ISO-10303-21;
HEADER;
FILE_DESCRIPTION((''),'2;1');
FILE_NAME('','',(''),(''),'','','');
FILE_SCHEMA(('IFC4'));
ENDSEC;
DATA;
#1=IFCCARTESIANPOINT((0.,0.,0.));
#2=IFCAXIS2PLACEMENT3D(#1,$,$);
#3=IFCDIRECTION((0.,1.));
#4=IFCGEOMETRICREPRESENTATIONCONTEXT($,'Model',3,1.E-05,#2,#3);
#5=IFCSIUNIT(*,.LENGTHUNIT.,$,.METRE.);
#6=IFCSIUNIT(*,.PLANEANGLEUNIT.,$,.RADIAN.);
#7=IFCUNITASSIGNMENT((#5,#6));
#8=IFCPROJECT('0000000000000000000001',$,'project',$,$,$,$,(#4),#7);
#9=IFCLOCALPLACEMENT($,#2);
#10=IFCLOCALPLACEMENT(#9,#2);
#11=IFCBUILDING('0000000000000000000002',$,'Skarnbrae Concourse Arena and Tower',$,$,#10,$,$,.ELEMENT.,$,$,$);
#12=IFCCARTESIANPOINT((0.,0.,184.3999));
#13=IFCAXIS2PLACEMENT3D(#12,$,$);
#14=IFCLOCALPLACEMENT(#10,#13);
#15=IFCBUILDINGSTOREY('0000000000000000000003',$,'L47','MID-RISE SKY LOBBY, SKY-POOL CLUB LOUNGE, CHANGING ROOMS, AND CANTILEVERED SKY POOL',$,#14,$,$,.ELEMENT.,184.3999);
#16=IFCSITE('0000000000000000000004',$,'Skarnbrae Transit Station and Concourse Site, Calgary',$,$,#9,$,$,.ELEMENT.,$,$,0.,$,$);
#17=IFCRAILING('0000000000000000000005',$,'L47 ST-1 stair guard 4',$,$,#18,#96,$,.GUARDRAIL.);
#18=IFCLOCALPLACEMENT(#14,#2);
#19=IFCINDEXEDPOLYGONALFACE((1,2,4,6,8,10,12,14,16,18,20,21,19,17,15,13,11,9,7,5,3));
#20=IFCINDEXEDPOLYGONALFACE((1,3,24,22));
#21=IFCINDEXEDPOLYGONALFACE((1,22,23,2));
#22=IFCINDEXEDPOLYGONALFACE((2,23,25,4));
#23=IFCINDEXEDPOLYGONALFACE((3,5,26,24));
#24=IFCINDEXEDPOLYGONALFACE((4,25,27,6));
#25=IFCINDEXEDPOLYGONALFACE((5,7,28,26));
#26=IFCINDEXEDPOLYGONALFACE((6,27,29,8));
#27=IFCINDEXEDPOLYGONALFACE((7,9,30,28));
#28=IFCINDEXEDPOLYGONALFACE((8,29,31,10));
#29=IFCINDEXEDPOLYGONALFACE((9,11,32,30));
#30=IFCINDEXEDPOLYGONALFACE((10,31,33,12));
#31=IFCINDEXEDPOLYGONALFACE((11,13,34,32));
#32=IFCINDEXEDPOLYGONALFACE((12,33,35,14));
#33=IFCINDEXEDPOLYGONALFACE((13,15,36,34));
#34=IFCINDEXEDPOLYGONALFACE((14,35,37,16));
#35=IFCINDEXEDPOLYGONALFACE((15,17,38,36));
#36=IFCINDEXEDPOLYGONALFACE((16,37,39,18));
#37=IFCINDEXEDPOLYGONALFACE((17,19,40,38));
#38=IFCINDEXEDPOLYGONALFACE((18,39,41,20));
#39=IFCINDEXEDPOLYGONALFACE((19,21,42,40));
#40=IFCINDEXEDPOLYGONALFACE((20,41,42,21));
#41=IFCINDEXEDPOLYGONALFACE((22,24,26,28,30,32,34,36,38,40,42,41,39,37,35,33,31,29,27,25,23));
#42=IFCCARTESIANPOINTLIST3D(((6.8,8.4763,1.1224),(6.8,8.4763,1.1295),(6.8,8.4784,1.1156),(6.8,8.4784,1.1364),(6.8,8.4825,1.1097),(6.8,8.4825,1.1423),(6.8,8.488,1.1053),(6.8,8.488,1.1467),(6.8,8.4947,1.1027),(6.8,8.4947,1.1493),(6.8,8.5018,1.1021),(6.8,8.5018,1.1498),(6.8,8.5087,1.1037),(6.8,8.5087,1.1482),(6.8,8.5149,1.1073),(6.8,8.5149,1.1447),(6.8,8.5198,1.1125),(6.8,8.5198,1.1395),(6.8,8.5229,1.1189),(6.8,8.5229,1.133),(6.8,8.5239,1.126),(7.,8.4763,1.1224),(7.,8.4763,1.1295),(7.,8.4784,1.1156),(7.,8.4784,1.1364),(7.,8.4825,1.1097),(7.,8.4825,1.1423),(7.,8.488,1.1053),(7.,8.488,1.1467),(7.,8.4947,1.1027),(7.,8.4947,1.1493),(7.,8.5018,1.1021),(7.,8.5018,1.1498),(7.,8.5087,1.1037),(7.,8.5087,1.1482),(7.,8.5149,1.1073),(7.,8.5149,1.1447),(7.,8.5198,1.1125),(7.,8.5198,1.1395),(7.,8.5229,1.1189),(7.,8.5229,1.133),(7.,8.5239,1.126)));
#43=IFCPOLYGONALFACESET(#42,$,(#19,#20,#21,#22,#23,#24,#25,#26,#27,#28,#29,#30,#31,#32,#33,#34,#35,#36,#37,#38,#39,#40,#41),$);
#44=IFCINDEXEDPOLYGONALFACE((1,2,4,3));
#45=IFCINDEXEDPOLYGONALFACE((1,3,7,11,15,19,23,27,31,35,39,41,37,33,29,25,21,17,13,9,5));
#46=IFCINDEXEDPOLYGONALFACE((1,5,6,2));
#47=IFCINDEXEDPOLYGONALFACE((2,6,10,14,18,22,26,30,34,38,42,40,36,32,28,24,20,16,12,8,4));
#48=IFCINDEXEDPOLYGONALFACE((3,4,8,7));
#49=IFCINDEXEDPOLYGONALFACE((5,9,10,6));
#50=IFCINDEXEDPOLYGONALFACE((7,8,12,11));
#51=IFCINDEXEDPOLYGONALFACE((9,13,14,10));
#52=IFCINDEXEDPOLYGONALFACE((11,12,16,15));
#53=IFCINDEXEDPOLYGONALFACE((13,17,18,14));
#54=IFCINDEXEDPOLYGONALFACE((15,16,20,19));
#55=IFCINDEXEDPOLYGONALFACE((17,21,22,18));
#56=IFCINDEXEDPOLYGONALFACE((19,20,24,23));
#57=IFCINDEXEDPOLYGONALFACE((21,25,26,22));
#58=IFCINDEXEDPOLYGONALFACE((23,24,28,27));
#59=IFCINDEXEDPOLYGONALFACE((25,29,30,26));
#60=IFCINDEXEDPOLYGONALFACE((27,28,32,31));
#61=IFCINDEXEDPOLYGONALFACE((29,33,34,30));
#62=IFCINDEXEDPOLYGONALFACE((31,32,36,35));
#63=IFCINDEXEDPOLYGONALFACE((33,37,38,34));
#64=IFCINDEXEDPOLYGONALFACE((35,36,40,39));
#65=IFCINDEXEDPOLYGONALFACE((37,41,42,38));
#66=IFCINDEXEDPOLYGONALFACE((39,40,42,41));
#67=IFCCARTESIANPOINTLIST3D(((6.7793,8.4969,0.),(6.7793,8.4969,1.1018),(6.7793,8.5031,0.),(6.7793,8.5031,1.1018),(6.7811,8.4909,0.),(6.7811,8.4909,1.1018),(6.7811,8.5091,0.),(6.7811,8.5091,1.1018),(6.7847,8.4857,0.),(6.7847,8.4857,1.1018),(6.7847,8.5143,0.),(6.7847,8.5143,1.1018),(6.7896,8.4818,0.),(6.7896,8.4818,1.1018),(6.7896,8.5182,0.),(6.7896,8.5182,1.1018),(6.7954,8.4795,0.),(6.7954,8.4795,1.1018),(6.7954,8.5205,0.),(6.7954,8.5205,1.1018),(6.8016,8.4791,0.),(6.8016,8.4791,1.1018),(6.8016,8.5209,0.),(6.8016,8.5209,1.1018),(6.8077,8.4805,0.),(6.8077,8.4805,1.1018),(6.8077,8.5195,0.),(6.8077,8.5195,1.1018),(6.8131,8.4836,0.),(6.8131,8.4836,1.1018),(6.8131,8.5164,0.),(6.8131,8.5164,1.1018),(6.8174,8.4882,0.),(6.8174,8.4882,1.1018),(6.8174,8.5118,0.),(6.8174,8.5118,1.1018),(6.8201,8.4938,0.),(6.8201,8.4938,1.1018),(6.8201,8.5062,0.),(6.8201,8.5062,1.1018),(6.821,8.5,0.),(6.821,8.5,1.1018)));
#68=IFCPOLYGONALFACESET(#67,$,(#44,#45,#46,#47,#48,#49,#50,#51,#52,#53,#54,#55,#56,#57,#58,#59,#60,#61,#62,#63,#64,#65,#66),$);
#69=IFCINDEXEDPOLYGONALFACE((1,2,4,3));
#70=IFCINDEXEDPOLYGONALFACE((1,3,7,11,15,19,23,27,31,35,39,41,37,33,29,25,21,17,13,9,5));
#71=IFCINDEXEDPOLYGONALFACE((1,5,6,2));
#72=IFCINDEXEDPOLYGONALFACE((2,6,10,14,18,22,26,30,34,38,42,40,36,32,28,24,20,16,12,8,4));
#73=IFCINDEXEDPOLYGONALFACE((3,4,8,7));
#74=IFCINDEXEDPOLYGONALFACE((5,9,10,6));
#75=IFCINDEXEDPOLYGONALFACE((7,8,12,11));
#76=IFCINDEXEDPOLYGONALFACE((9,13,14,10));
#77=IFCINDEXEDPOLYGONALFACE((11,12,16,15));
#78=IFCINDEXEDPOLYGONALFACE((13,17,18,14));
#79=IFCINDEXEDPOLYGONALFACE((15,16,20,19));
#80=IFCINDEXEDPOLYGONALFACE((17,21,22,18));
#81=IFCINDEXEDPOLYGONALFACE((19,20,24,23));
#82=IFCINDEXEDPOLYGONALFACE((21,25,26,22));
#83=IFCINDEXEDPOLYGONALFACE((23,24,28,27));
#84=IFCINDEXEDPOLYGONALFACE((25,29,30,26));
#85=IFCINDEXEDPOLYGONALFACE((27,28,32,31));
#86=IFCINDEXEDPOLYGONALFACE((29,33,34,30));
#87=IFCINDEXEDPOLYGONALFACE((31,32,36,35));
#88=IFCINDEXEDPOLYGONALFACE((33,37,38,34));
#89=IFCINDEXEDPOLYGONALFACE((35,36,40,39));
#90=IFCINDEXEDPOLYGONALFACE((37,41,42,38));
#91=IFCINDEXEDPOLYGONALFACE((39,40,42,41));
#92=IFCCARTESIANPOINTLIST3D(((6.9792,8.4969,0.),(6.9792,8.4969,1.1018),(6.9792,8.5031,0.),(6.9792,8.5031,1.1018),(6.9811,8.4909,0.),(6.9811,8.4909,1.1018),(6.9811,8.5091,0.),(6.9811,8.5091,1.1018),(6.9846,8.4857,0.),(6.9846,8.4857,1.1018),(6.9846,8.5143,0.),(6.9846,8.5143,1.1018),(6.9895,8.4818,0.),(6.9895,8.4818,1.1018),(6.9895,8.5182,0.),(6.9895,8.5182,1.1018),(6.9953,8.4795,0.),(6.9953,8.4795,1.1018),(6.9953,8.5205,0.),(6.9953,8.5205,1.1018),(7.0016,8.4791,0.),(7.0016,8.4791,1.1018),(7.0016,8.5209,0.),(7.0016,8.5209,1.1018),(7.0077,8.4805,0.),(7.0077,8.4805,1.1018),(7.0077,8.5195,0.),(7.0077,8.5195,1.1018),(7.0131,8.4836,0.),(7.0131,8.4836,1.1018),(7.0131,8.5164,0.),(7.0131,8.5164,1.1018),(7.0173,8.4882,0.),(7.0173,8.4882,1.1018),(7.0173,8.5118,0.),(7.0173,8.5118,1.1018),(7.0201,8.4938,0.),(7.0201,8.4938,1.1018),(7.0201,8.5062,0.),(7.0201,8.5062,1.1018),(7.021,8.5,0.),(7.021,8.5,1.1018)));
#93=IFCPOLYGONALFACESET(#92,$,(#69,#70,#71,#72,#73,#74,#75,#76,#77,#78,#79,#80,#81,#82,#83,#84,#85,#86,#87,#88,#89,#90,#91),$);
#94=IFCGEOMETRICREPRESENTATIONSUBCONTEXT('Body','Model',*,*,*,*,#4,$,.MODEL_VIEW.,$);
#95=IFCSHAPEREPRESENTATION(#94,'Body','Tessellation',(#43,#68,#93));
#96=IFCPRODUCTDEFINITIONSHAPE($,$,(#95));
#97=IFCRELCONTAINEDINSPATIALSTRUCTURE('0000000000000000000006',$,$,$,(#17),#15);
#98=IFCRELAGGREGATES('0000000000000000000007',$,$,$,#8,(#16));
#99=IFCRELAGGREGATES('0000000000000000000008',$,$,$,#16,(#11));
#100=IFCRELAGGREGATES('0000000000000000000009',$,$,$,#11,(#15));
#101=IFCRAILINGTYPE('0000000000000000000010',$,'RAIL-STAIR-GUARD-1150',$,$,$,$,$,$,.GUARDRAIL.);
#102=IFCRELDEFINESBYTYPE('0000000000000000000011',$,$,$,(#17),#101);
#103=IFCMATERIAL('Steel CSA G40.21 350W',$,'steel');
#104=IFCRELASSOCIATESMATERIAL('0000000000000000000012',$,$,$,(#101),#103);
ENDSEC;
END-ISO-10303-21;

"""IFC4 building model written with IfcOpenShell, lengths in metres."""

from ifc_helpers import new_model, si_unit, direction, frame, origin, origin_2d, place, context, subcontext, project, spatial, circle, extrude, material, type_object, element, save


model = new_model("IFC4")

# Units and contexts
model_context = context("Model", 3, precision=1e-05, world=origin(), true_north=direction((0.0, 1.0)))
body_context = subcontext(model_context, "Body", "Model", "MODEL_VIEW")
ifc_project = project(units=[si_unit("LENGTHUNIT", "METRE"), si_unit("PLANEANGLEUNIT", "RADIAN")], contexts=[model_context])

# Site, building, storey
site_placement = place(None, origin())
site = spatial("IfcSite", under=ifc_project, at=site_placement, Name="Skarnbrae Transit Station and Concourse Site, Calgary", CompositionType="ELEMENT", RefElevation=0.0)
building_placement = place(site_placement, origin())
building = spatial("IfcBuilding", under=site, at=building_placement, Name="Skarnbrae Concourse Arena and Tower", CompositionType="ELEMENT")
storey_placement = place(building_placement, frame((0.0, 0.0, 184.3999)))
storey = spatial("IfcBuildingStorey", under=building, at=storey_placement, Name="L47", Description="MID-RISE SKY LOBBY, SKY-POOL CLUB LOUNGE, CHANGING ROOMS, AND CANTILEVERED SKY POOL", CompositionType="ELEMENT", Elevation=184.3999)

# Railing
ifc_material_1 = material(Name="Steel CSA G40.21 350W", Category="steel")
railing_type_1 = type_object("IfcRailingType", Name="RAIL-STAIR-GUARD-1150", PredefinedType="GUARDRAIL", material=ifc_material_1)
railing_1_placement = place(storey_placement, frame((6.8, 8.5, 0.0)))
element("IfcRailing", 1, at=railing_1_placement, inside=storey, type_object=railing_type_1, Name="L47 ST-1 stair guard 4", PredefinedType="GUARDRAIL", context=body_context, shape_type="SweptSolid", body=[
    extrude(circle(Radius=0.0239, at=origin_2d()), frame((0.0, 0.0, 1.126), z_axis=(1.0, 0.0, 0.0), x_axis=(0.0, 1.0, 0.0)), (0.0, 0.0, 1.0), 0.2),
    extrude(circle(Radius=0.021, at=origin_2d()), origin(), (0.0, 0.0, 1.0), 1.1018),
    extrude(circle(Radius=0.021, at=origin_2d()), frame((0.2, 0.0, 0.0)), (0.0, 0.0, 1.0), 1.1018),
])

save(model, "model.ifc")
